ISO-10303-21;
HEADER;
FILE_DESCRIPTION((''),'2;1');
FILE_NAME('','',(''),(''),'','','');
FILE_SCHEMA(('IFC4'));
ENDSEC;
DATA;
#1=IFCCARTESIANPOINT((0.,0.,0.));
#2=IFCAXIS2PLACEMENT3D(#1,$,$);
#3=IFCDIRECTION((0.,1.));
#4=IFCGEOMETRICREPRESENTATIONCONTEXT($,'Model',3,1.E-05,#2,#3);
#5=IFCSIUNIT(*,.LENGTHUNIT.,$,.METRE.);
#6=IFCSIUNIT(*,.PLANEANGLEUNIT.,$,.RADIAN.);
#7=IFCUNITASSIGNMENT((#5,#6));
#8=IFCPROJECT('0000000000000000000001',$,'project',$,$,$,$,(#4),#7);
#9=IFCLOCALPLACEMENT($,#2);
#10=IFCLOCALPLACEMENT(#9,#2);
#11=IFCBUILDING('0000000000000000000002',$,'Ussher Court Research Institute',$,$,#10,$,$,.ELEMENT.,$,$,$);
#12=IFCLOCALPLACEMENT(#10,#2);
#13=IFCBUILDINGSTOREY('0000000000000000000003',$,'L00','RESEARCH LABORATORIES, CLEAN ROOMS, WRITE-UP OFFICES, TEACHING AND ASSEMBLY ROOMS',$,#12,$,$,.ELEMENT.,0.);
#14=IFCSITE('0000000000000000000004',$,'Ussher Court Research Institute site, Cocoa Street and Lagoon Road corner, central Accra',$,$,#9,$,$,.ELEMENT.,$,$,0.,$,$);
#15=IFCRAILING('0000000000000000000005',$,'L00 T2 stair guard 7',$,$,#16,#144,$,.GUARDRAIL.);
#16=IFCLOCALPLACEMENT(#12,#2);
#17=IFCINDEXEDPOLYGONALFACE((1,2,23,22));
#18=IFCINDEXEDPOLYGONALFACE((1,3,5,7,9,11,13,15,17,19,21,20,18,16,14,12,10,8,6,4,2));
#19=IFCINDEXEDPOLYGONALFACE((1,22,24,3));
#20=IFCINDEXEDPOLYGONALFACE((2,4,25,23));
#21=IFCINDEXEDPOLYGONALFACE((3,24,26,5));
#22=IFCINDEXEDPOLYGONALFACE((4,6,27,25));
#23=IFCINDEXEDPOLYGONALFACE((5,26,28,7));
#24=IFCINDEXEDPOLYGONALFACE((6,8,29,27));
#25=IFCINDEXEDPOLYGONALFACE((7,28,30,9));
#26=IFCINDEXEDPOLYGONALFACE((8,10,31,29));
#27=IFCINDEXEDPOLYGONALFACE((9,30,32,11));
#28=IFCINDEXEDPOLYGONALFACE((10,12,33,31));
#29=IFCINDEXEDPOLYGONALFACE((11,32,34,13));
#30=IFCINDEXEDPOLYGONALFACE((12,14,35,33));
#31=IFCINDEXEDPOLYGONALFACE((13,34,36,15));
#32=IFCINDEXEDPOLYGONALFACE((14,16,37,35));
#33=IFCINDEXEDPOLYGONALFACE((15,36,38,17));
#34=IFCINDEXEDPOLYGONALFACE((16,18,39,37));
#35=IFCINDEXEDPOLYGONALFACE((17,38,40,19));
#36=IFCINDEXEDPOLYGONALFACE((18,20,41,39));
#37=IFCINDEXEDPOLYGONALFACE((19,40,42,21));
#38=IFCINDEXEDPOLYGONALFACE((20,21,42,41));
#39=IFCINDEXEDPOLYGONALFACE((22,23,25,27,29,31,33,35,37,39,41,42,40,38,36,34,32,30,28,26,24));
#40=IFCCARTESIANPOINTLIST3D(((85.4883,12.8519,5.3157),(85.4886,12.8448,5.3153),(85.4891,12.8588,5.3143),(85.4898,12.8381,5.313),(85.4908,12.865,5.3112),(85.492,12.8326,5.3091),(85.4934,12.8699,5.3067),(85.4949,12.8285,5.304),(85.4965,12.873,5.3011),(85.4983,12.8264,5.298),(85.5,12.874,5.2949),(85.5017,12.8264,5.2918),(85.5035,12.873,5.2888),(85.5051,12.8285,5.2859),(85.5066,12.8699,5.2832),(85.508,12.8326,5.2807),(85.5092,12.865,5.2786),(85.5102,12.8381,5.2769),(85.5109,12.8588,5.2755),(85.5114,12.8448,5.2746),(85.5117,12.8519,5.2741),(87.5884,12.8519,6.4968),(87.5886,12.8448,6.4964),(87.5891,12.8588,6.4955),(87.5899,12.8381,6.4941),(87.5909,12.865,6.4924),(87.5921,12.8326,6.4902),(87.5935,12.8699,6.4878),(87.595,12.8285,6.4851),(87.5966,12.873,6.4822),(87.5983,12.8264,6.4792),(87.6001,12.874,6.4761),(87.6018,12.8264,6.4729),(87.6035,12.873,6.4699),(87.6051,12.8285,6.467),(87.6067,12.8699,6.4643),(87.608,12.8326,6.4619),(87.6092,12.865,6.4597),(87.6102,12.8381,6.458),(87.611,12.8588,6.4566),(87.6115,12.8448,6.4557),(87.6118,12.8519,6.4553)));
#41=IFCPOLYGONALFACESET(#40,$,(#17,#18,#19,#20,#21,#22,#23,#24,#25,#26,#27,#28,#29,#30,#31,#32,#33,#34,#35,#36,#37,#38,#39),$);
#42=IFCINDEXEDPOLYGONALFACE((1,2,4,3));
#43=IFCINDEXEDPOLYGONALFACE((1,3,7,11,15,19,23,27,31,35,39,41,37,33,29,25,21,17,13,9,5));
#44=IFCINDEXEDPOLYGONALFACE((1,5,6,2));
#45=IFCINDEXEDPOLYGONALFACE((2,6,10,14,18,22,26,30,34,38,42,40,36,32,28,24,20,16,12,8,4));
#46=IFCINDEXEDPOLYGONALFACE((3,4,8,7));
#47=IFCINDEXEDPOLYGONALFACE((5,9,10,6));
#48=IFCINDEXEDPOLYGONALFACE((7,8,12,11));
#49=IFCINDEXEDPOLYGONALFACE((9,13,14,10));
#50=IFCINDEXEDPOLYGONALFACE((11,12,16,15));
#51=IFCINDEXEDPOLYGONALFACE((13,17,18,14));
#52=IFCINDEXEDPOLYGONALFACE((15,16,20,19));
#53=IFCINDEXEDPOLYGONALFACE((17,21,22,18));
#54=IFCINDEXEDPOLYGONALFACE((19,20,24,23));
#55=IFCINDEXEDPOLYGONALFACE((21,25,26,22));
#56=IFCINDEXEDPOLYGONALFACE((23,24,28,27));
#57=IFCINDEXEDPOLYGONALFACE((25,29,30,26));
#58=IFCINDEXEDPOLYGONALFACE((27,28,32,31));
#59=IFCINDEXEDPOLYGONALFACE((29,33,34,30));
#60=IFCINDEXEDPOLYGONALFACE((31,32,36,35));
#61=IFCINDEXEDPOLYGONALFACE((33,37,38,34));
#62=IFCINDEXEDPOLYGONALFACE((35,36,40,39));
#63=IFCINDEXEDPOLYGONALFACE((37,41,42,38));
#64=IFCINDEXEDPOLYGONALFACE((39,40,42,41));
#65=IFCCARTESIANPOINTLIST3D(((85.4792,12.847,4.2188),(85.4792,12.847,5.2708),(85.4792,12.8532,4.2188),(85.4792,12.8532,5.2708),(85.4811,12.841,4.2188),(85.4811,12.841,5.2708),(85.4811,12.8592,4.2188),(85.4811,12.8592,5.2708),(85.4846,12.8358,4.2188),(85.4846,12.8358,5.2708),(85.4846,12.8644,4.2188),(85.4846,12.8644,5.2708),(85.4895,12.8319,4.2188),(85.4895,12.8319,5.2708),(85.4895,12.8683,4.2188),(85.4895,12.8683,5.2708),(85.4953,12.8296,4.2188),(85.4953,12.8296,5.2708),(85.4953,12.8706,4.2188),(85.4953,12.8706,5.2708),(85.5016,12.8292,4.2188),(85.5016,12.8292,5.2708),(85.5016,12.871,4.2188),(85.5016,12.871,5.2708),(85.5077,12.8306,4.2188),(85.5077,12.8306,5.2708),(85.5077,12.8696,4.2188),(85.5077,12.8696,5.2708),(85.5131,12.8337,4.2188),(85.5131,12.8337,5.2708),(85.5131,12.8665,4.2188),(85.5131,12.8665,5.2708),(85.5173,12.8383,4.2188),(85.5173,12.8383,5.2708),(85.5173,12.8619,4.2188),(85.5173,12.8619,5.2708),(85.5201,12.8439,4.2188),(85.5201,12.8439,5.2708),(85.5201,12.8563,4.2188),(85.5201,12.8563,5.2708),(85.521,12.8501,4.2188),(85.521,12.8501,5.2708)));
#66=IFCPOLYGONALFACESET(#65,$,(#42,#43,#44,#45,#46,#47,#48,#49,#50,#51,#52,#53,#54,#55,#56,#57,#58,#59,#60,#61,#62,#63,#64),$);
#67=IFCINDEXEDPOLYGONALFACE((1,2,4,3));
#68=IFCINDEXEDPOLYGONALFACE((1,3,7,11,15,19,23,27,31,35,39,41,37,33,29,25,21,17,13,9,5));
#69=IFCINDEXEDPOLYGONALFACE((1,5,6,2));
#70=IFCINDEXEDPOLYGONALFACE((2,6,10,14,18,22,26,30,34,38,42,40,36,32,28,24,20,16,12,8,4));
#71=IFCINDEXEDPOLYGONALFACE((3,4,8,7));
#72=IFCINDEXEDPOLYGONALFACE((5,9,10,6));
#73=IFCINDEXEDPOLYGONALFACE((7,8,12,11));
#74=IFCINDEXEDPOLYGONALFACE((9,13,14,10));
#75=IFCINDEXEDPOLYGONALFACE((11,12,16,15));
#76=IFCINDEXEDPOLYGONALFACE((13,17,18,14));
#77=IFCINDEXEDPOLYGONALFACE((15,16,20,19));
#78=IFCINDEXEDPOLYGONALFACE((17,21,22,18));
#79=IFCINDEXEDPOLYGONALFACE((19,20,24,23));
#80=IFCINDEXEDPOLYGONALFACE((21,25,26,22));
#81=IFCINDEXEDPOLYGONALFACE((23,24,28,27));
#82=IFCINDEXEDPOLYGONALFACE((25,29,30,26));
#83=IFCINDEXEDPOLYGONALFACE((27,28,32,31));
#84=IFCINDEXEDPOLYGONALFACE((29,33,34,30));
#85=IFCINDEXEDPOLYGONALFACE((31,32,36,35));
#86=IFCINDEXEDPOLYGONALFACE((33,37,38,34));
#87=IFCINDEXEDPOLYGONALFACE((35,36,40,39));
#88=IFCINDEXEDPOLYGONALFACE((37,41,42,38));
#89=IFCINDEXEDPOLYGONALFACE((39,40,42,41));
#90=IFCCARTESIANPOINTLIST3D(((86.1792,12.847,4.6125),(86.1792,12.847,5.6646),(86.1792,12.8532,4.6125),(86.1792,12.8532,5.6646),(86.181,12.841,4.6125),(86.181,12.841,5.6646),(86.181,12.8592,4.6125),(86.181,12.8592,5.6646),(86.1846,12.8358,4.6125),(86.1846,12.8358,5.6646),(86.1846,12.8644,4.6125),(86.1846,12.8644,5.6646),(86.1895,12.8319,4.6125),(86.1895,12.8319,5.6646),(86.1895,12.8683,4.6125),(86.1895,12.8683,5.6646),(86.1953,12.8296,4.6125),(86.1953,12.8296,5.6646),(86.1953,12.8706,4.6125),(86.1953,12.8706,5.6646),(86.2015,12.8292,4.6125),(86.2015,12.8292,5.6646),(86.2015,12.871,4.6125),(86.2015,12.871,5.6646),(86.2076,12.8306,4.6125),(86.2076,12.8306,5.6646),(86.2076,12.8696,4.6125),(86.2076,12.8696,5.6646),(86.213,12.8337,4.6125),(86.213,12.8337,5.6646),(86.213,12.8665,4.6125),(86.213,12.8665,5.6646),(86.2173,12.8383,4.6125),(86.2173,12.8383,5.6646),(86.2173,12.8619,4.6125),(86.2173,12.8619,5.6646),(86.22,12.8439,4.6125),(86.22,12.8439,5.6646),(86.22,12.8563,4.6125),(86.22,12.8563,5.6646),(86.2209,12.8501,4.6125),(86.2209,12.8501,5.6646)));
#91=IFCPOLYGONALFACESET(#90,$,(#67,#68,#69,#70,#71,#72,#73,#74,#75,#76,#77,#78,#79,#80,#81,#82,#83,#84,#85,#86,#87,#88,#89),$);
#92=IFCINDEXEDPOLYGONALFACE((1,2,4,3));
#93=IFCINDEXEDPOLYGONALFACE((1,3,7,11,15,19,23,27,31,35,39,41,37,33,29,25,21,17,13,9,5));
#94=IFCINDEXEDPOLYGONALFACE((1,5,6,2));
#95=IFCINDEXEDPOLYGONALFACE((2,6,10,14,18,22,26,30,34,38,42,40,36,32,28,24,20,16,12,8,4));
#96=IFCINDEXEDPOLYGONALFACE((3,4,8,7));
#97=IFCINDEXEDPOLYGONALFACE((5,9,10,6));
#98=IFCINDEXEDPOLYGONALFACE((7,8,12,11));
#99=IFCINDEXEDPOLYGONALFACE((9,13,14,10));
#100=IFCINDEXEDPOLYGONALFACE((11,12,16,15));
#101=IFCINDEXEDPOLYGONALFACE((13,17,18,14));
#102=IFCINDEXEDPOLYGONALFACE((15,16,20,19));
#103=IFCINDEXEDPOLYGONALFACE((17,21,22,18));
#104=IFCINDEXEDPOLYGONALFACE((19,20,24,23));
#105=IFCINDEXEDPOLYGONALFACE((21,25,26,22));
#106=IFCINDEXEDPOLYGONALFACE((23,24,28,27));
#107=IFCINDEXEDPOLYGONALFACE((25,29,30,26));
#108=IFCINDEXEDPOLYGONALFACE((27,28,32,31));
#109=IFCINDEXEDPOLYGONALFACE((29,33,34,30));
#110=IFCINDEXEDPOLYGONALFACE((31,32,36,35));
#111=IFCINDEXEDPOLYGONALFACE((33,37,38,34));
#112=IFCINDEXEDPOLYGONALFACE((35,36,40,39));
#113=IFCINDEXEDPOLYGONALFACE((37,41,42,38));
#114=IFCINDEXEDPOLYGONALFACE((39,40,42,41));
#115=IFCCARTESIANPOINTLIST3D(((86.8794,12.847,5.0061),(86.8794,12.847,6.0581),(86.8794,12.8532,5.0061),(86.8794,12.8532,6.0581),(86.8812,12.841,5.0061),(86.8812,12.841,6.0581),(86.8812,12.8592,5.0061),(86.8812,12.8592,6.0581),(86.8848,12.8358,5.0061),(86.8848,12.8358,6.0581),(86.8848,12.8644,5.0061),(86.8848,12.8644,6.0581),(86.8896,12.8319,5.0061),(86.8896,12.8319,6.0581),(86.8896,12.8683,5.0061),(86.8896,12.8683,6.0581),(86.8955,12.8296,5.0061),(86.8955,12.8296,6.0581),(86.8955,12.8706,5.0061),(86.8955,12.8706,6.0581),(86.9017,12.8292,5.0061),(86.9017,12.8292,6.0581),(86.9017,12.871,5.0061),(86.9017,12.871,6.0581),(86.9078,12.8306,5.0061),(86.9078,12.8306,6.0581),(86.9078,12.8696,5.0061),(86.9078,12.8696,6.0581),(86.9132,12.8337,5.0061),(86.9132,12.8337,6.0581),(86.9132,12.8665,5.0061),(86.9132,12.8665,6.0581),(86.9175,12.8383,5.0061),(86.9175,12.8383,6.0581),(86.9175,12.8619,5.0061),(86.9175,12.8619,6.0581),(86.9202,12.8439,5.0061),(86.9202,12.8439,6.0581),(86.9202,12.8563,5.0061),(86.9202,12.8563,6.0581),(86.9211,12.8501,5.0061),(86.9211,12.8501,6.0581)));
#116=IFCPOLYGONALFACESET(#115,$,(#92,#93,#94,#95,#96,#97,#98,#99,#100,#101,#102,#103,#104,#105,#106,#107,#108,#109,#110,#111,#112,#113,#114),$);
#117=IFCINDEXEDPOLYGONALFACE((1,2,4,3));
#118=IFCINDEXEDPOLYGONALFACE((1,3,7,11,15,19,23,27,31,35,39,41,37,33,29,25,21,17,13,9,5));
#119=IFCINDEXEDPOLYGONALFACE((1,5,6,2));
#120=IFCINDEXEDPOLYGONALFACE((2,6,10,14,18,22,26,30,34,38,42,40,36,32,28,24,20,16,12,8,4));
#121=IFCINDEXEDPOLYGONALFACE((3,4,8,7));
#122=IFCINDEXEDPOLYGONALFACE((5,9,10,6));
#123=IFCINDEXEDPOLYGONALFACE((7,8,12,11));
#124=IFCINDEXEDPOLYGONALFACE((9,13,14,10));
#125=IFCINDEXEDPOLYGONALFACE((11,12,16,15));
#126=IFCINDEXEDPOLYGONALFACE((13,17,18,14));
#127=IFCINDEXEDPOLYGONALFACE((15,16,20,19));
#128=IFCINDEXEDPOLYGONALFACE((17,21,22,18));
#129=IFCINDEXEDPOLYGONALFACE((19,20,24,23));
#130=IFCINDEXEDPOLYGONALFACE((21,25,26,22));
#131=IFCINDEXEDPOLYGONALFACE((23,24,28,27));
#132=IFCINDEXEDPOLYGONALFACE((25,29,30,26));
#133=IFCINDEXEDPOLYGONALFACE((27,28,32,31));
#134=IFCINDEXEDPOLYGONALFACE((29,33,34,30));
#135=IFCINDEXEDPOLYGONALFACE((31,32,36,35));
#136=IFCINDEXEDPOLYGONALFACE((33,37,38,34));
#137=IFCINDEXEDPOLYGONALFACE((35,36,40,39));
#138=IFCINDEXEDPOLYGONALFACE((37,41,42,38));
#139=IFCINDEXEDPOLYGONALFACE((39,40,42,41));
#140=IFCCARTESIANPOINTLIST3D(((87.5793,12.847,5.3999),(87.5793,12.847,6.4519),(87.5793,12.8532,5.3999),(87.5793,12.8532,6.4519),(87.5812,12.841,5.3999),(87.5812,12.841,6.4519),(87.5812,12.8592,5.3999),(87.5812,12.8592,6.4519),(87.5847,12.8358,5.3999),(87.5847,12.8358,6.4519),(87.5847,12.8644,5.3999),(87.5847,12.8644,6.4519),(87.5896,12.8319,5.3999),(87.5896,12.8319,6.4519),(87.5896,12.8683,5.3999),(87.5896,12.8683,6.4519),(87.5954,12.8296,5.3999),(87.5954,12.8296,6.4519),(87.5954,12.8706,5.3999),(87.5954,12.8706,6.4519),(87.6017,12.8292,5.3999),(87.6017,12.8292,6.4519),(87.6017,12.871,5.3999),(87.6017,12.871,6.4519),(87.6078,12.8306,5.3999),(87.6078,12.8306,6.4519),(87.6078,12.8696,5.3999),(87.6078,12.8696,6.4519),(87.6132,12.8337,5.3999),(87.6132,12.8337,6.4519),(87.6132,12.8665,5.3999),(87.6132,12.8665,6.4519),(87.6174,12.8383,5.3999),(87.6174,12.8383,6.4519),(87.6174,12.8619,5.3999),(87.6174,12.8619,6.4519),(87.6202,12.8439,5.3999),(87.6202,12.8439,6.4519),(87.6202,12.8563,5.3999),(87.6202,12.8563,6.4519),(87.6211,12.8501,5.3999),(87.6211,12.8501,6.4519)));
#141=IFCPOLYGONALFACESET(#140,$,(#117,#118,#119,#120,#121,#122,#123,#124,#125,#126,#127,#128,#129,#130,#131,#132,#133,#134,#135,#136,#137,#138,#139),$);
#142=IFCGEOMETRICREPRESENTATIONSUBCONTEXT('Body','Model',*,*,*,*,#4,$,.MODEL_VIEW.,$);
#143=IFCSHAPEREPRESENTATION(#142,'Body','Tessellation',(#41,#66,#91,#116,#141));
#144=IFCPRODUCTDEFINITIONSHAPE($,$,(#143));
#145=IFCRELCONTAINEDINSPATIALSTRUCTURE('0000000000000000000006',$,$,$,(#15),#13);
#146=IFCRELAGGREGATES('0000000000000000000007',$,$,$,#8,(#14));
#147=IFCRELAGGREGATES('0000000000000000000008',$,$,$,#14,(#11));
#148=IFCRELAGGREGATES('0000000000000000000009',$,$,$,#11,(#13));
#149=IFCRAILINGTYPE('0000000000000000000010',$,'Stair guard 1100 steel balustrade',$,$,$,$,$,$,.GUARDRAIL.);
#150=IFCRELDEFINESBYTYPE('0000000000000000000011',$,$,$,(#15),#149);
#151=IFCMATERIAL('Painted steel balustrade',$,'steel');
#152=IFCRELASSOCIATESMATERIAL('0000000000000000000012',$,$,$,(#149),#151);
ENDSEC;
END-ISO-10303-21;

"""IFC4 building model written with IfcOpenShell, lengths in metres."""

from ifc_helpers import new_model, si_unit, direction, frame, origin, origin_2d, place, context, subcontext, project, spatial, circle, extrude, material, type_object, element, save


model = new_model("IFC4")

# Units and contexts
model_context = context("Model", 3, precision=1e-05, world=origin(), true_north=direction((0.0, 1.0)))
body_context = subcontext(model_context, "Body", "Model", "MODEL_VIEW")
ifc_project = project(units=[si_unit("LENGTHUNIT", "METRE"), si_unit("PLANEANGLEUNIT", "RADIAN")], contexts=[model_context])

# Site, building, storey
site_placement = place(None, origin())
site = spatial("IfcSite", under=ifc_project, at=site_placement, Name="Ussher Court Research Institute site, Cocoa Street and Lagoon Road corner, central Accra", CompositionType="ELEMENT", RefElevation=0.0)
building_placement = place(site_placement, origin())
building = spatial("IfcBuilding", under=site, at=building_placement, Name="Ussher Court Research Institute", CompositionType="ELEMENT")
storey_placement = place(building_placement, origin())
storey = spatial("IfcBuildingStorey", under=building, at=storey_placement, Name="L00", Description="RESEARCH LABORATORIES, CLEAN ROOMS, WRITE-UP OFFICES, TEACHING AND ASSEMBLY ROOMS", CompositionType="ELEMENT", Elevation=0.0)

# Railing
ifc_material_1 = material(Name="Painted steel balustrade", Category="steel")
railing_type_1 = type_object("IfcRailingType", Name="Stair guard 1100 steel balustrade", PredefinedType="GUARDRAIL", material=ifc_material_1)
railing_1_placement = place(storey_placement, frame((85.5, 12.8501, 4.2188)))
element("IfcRailing", 1, at=railing_1_placement, inside=storey, type_object=railing_type_1, Name="L00 T2 stair guard 7", PredefinedType="GUARDRAIL", context=body_context, shape_type="SweptSolid", body=[
    extrude(circle(Radius=0.0239, at=origin_2d()), frame((0.0, 0.0, 1.0762), z_axis=(0.871603, 0.0, 0.490213), x_axis=(0.0, 1.0, 0.0)), (0.0, 0.0, 1.0), 2.4094),
    extrude(circle(Radius=0.021, at=origin_2d()), origin(), (0.0, 0.0, 1.0), 1.052),
    extrude(circle(Radius=0.021, at=origin_2d()), frame((0.7, 0.0, 0.3938)), (0.0, 0.0, 1.0), 1.052),
    extrude(circle(Radius=0.021, at=origin_2d()), frame((1.4001, 0.0, 0.7874)), (0.0, 0.0, 1.0), 1.052),
    extrude(circle(Radius=0.021, at=origin_2d()), frame((2.1001, 0.0, 1.1812)), (0.0, 0.0, 1.0), 1.052),
])

save(model, "model.ifc")
